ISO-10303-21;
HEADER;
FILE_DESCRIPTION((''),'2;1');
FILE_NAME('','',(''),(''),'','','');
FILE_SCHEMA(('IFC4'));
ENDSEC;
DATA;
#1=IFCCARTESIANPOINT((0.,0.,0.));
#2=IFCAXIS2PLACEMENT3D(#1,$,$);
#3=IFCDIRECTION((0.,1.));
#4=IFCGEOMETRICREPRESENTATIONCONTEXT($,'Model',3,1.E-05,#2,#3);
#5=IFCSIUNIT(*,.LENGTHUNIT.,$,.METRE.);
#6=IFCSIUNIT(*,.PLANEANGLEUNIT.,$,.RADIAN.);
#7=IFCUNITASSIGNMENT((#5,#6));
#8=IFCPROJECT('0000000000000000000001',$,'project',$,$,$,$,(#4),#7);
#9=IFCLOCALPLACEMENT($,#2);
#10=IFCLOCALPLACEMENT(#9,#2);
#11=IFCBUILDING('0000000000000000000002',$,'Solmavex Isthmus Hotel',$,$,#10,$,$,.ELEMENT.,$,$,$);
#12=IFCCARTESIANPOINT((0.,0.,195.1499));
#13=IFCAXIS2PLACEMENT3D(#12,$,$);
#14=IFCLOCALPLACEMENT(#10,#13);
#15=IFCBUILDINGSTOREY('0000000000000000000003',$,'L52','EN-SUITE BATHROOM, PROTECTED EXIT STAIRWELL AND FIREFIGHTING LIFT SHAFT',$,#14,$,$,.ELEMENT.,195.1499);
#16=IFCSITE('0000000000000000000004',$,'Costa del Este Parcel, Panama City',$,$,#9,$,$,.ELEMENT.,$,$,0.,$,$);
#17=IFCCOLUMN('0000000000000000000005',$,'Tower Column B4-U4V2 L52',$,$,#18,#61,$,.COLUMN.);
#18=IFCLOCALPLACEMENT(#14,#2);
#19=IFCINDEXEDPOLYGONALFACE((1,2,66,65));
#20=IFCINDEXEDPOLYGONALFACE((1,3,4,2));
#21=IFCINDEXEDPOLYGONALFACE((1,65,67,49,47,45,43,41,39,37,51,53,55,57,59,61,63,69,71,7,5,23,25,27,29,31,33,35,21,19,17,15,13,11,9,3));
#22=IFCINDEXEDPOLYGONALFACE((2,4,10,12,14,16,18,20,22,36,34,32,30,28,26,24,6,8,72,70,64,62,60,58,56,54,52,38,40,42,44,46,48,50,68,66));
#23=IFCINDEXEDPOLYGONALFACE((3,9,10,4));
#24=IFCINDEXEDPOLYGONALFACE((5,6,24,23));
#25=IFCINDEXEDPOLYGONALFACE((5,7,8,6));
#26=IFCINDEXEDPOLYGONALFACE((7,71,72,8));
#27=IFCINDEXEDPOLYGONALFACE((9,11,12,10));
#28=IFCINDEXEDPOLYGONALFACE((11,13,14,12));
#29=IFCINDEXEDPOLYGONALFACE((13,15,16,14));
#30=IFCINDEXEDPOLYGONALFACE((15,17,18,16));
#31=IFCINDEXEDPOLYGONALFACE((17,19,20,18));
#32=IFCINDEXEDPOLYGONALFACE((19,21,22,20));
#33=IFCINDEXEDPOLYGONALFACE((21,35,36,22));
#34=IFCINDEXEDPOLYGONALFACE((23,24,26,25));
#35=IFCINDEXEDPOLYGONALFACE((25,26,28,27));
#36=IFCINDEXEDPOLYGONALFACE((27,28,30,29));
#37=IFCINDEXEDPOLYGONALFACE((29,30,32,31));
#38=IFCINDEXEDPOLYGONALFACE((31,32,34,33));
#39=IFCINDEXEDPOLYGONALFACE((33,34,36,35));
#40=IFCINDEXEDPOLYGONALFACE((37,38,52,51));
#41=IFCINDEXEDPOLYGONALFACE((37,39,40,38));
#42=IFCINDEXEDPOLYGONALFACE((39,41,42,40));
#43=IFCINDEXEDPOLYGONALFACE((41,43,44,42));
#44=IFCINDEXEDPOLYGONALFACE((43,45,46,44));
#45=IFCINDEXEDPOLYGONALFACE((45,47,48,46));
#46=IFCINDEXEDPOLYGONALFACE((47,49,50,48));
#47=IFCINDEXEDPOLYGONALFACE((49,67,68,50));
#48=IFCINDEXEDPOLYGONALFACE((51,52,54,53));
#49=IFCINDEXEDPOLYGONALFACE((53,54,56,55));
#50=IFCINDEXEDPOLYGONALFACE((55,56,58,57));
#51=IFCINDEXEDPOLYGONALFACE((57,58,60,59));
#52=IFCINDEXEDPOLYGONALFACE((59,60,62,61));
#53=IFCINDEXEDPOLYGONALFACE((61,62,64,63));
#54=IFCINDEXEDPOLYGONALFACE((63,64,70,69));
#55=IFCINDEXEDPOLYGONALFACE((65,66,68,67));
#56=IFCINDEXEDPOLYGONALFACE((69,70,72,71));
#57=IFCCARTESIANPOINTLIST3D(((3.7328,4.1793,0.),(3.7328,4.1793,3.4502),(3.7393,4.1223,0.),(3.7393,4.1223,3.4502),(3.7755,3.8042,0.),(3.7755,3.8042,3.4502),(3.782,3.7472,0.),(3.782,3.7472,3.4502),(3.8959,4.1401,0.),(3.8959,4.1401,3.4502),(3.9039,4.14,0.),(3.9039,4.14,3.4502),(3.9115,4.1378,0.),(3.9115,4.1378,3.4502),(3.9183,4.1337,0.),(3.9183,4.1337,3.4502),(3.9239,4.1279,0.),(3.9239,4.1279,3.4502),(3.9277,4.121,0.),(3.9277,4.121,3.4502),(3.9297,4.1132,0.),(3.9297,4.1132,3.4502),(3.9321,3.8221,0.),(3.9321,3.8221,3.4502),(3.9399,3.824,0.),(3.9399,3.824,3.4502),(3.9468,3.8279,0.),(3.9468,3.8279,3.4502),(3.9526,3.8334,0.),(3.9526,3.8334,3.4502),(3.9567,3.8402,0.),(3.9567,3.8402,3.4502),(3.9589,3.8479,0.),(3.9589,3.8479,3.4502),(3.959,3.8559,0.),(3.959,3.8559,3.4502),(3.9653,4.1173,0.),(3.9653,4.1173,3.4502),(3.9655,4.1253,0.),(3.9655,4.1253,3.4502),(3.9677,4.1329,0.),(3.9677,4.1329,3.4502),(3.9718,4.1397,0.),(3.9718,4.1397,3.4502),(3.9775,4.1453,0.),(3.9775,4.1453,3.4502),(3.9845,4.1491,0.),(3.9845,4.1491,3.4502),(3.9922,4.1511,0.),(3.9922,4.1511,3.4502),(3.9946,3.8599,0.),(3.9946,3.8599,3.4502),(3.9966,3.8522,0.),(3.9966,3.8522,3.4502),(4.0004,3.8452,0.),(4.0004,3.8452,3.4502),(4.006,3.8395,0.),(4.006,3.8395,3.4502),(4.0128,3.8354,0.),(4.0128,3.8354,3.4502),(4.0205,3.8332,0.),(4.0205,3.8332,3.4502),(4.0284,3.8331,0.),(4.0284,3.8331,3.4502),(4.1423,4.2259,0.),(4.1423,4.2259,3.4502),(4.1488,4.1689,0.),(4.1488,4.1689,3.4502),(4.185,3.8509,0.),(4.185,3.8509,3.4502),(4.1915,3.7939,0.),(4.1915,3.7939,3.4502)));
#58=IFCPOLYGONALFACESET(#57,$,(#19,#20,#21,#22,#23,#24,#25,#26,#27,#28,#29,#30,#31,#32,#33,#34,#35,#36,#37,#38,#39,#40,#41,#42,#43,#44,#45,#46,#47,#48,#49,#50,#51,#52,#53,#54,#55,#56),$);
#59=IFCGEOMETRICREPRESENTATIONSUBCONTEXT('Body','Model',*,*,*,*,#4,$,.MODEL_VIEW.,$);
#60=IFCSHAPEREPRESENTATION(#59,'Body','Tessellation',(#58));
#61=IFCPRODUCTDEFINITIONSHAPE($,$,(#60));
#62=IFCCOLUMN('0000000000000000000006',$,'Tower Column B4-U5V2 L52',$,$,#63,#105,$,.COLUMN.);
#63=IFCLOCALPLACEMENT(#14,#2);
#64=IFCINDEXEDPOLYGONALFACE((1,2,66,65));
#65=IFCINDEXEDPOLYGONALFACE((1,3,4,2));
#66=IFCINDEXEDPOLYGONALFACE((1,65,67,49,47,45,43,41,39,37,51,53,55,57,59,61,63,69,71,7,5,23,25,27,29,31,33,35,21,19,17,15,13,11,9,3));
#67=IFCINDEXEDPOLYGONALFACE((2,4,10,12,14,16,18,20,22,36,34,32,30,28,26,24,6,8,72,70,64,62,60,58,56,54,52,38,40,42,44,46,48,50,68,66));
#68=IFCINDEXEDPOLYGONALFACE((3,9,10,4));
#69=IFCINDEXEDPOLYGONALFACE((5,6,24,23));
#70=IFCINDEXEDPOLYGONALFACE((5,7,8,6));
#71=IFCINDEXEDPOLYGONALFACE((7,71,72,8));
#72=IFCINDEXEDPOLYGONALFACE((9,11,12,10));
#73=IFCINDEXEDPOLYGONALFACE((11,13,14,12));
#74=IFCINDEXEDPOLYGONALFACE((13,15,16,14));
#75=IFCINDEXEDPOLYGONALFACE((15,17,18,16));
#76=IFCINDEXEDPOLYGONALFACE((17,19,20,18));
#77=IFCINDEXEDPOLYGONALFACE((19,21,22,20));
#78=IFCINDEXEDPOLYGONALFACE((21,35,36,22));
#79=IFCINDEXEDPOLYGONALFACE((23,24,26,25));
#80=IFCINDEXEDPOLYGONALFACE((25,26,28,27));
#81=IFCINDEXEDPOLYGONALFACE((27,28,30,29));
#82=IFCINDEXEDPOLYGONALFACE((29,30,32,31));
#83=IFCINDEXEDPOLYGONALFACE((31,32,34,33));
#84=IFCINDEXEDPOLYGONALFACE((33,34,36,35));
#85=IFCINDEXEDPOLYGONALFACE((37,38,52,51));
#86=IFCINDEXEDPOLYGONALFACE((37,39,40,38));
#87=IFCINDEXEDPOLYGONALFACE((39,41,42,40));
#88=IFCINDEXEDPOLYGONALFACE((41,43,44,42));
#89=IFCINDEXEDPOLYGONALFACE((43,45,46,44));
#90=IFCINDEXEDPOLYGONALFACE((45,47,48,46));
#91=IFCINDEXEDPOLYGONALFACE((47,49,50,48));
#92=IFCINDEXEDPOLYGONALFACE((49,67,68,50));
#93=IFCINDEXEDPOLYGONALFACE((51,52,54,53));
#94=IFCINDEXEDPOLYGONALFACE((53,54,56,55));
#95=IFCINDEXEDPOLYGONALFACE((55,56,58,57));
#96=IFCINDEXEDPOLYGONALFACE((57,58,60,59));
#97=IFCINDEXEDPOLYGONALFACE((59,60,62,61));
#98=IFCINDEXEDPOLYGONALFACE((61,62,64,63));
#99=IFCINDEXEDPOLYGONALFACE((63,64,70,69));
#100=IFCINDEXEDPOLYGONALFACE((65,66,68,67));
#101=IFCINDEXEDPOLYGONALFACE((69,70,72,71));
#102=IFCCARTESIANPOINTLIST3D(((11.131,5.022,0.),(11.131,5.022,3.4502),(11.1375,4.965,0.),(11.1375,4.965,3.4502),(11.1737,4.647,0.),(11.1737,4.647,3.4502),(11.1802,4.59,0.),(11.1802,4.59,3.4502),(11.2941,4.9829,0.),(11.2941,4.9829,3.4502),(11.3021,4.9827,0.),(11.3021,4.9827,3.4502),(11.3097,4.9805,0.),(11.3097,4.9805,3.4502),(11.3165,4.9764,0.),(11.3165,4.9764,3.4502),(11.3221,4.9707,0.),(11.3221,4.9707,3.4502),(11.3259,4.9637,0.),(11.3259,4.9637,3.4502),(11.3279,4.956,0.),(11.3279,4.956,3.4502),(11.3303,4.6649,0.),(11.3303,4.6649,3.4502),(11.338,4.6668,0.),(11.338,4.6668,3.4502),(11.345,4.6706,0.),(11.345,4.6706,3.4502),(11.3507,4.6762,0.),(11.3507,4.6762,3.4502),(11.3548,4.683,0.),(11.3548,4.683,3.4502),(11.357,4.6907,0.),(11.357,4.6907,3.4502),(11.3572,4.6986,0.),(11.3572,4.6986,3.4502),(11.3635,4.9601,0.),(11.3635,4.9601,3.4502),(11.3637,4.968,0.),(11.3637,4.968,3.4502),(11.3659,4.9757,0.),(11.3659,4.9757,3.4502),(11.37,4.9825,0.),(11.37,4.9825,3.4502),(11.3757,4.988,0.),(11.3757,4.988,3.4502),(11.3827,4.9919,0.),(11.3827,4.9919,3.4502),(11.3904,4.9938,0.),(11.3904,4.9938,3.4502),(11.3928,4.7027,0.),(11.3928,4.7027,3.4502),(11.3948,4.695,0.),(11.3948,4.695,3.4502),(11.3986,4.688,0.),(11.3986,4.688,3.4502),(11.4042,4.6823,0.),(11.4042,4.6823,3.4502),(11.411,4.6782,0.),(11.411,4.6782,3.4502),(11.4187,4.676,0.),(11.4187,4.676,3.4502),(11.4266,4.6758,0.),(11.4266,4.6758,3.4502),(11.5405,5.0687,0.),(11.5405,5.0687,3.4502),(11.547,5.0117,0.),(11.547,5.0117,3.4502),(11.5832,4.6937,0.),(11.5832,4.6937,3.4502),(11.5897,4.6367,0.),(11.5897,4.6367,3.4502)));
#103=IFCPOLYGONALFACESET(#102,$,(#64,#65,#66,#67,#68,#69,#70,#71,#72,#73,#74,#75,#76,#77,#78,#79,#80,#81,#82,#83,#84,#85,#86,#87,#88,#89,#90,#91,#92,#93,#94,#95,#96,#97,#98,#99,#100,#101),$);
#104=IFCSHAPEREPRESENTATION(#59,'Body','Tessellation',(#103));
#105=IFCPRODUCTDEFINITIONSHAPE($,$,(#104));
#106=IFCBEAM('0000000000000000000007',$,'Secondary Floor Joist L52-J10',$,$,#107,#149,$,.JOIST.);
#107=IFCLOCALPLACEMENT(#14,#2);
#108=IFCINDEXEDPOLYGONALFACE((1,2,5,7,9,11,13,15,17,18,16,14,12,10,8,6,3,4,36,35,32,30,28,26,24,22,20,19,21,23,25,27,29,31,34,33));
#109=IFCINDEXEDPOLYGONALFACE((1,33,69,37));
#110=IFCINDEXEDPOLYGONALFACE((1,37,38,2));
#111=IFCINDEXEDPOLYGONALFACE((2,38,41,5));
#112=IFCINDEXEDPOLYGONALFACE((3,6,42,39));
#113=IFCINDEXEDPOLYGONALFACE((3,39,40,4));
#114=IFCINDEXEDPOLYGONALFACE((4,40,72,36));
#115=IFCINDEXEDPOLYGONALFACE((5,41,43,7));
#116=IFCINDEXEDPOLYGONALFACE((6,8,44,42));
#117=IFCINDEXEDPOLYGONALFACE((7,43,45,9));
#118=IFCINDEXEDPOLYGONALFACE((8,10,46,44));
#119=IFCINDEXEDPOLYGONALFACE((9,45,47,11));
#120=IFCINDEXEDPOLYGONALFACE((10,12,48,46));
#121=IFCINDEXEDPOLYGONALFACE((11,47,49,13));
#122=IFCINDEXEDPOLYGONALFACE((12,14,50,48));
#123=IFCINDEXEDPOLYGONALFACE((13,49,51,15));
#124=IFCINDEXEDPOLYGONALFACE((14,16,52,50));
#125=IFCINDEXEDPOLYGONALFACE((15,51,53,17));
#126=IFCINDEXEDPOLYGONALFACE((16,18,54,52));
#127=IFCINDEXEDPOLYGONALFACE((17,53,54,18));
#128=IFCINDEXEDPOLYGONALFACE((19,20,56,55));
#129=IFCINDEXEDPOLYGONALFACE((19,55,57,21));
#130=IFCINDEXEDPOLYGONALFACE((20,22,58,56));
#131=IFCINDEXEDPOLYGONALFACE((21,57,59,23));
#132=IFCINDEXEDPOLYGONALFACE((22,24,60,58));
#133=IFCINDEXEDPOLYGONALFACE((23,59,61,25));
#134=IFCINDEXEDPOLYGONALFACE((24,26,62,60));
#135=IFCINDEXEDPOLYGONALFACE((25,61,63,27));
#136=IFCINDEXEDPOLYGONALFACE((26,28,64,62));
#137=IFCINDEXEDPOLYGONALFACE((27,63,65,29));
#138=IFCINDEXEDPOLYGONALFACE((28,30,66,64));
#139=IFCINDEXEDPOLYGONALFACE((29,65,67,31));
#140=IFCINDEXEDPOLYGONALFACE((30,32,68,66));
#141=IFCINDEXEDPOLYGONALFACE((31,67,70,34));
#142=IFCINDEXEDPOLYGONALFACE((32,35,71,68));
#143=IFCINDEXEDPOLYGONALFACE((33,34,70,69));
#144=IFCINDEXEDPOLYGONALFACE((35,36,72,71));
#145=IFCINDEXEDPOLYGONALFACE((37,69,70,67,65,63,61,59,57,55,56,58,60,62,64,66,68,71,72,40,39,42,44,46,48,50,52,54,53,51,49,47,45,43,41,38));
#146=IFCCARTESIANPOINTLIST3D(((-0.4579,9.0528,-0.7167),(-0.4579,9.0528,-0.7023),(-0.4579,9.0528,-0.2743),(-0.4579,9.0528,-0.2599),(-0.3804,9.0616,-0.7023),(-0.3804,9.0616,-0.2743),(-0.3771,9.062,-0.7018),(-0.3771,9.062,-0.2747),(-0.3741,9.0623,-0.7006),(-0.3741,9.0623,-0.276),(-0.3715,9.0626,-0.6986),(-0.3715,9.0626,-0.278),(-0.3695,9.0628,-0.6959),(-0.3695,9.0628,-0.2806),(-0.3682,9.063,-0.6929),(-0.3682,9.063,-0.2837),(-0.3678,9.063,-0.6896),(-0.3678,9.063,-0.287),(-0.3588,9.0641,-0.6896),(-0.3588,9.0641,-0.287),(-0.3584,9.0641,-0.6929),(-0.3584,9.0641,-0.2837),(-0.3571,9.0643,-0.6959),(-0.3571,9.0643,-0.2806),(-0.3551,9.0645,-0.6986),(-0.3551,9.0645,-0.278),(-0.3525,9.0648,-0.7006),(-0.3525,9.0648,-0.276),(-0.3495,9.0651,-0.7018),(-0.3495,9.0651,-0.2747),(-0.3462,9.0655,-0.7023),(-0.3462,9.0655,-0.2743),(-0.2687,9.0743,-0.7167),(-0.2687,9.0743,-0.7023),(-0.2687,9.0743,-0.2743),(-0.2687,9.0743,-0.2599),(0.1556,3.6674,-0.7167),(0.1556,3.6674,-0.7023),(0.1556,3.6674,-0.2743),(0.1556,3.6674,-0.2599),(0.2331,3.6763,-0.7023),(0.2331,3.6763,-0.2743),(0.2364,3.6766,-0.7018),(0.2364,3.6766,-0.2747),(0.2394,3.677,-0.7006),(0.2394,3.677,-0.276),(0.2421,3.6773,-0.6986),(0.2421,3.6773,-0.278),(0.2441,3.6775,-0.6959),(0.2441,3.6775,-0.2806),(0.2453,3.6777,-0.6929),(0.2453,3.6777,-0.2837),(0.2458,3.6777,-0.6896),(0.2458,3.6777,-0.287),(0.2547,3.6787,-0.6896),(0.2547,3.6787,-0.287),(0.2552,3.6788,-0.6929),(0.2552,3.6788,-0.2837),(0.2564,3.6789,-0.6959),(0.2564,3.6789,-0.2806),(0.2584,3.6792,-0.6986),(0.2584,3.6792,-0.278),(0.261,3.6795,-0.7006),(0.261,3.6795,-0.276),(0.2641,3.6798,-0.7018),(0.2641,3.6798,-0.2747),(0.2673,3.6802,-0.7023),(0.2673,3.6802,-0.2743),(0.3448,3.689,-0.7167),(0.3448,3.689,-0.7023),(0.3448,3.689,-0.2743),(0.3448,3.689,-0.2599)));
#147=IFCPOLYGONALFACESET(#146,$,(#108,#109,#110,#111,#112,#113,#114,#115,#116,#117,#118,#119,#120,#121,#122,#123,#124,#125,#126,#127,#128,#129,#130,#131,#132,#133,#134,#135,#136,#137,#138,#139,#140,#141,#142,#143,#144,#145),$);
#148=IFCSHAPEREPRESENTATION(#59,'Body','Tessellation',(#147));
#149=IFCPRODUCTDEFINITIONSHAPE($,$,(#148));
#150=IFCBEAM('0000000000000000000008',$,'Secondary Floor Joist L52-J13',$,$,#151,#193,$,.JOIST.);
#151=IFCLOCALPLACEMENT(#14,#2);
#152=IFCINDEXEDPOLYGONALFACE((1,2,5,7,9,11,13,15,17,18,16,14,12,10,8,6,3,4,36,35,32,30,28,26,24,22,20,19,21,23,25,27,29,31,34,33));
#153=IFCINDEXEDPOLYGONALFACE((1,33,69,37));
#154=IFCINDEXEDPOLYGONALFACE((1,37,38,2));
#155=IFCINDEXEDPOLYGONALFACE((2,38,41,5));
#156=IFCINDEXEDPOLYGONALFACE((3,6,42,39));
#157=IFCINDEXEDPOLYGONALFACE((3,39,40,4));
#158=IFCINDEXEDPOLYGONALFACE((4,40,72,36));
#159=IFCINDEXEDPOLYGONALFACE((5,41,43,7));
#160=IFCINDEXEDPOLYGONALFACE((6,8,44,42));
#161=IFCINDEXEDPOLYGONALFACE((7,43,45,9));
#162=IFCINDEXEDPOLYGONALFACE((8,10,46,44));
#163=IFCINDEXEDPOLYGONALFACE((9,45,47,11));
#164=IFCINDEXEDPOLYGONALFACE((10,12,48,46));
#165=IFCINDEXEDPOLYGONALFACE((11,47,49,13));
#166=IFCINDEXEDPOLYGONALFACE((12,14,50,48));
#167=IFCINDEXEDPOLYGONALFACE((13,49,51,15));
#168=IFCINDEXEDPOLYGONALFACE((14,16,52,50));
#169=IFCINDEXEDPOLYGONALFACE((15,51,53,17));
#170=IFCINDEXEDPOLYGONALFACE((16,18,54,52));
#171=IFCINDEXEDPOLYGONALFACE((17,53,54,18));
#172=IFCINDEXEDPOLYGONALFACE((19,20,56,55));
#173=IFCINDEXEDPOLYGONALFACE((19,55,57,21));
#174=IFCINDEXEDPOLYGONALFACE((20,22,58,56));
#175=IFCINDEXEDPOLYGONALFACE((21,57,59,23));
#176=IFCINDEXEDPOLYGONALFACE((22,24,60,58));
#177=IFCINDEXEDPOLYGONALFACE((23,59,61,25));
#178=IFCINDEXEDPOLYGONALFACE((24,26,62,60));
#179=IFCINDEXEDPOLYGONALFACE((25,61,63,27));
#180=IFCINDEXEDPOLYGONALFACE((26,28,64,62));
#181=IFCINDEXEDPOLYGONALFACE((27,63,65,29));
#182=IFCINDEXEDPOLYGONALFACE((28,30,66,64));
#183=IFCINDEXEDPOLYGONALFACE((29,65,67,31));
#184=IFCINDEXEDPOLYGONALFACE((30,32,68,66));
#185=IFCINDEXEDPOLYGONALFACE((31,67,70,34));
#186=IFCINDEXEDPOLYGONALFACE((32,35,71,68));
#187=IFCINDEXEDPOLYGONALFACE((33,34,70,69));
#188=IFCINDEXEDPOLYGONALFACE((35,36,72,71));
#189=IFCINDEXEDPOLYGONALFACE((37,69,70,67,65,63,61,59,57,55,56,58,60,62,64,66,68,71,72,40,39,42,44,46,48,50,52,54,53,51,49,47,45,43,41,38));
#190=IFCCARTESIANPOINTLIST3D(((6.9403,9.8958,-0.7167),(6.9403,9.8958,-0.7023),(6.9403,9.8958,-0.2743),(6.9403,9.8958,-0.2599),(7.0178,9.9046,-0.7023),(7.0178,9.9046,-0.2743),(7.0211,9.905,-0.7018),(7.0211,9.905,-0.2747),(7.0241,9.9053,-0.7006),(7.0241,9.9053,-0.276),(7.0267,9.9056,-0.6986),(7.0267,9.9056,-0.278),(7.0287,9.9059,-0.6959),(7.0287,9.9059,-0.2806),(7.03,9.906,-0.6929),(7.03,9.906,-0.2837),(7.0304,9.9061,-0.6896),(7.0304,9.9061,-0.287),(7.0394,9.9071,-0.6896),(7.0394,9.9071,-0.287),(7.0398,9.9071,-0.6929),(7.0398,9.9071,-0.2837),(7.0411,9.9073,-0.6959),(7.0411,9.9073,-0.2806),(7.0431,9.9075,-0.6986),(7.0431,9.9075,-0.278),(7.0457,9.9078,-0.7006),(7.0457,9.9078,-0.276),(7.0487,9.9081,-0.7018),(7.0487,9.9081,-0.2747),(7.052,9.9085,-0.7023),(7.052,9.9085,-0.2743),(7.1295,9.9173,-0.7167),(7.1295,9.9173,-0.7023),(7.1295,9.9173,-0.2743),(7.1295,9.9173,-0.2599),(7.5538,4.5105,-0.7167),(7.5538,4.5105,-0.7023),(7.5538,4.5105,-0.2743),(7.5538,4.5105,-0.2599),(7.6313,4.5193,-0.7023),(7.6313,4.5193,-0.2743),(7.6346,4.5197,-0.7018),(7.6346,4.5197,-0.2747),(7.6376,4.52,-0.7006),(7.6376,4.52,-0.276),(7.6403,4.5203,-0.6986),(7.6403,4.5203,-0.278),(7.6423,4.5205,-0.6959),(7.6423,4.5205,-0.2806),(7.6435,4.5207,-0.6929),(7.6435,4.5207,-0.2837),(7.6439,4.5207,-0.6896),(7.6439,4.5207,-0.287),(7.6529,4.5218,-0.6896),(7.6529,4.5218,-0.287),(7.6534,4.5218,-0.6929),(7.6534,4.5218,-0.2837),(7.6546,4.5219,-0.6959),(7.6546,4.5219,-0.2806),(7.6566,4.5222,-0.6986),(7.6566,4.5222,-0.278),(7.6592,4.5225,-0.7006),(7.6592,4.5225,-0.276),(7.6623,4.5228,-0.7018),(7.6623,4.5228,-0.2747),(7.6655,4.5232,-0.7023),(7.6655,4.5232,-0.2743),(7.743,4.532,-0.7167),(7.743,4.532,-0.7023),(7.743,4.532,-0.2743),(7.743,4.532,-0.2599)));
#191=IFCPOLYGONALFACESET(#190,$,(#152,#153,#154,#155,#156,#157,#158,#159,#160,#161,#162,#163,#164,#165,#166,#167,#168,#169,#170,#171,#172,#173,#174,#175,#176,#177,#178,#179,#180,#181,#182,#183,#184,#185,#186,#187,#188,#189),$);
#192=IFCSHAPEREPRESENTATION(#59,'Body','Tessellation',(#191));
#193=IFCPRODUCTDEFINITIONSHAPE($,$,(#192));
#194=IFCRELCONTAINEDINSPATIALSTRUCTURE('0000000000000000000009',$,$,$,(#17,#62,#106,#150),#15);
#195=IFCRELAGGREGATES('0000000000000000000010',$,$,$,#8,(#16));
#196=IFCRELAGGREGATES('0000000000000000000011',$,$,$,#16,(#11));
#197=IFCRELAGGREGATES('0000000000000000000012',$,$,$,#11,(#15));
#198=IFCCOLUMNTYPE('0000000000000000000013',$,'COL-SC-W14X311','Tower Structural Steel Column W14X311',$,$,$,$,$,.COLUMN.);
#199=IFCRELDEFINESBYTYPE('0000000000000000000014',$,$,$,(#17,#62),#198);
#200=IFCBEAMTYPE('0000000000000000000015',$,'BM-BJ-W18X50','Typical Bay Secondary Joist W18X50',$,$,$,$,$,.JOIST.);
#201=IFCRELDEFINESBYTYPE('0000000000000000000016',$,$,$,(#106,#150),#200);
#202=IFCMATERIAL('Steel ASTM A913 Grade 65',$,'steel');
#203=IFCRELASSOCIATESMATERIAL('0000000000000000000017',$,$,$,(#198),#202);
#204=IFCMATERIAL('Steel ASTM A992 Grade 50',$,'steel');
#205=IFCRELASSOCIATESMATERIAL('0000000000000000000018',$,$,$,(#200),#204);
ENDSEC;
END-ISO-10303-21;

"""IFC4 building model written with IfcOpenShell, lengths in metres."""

from ifc_helpers import new_model, si_unit, direction, frame, origin, origin_2d, place, context, subcontext, project, spatial, i_section, extrude, material, material_profile, profile_set, type_object, element, save


model = new_model("IFC4")

# Units and contexts
model_context = context("Model", 3, precision=1e-05, world=origin(), true_north=direction((0.0, 1.0)))
body_context = subcontext(model_context, "Body", "Model", "MODEL_VIEW")
ifc_project = project(units=[si_unit("LENGTHUNIT", "METRE"), si_unit("PLANEANGLEUNIT", "RADIAN")], contexts=[model_context])

# Site, building, storey
site_placement = place(None, origin())
site = spatial("IfcSite", under=ifc_project, at=site_placement, Name="Costa del Este Parcel, Panama City", CompositionType="ELEMENT", RefElevation=0.0)
building_placement = place(site_placement, origin())
building = spatial("IfcBuilding", under=site, at=building_placement, Name="Solmavex Isthmus Hotel", CompositionType="ELEMENT")
storey_placement = place(building_placement, frame((0.0, 0.0, 195.1499)))
storey = spatial("IfcBuildingStorey", under=building, at=storey_placement, Name="L52", Description="EN-SUITE BATHROOM, PROTECTED EXIT STAIRWELL AND FIREFIGHTING LIFT SHAFT", CompositionType="ELEMENT", Elevation=195.1499)

# Columns
ifc_material_1 = material(Name="Steel ASTM A913 Grade 65", Category="steel")
ifc_material_profile_1 = material_profile(ifc_material_1, i_section(OverallWidth=0.4121, OverallDepth=0.4348, WebThickness=0.0359, FlangeThickness=0.0574, FilletRadius=0.0305, at=origin_2d()), Name="W14X311")
ifc_profile_set_1 = profile_set([ifc_material_profile_1], Name="Steel ASTM A913 Grade 65")
column_type = type_object("IfcColumnType", Name="COL-SC-W14X311", Description="Tower Structural Steel Column W14X311", PredefinedType="COLUMN", material=ifc_profile_set_1)
for number, where, z_axis, x_axis, name in (
    (1, (3.9622, 3.9866, 0.0), (0.0, 0.0, 1.0), (0.993572, 0.113203, 0.0), "Tower Column B4-U4V2 L52"),
    (2, (11.3604, 4.8293, 0.0), (0.0, 0.0, 1.0), (0.993572, 0.113203, 0.0), "Tower Column B4-U5V2 L52"),
):
    element("IfcColumn", number, at=place(storey_placement, frame(where, z_axis=z_axis, x_axis=x_axis)), inside=storey, type_object=column_type, Name=name, PredefinedType="COLUMN", context=body_context, shape_type="SweptSolid", body=[
        extrude(i_section(OverallWidth=0.4121, OverallDepth=0.4348, WebThickness=0.0359, FlangeThickness=0.0574, FilletRadius=0.0305, at=origin_2d()), origin(), (0.0, 0.0, 1.0), 3.4502),
    ])

# Beams
ifc_material_2 = material(Name="Steel ASTM A992 Grade 50", Category="steel")
ifc_material_profile_2 = material_profile(ifc_material_2, i_section(OverallWidth=0.1904, OverallDepth=0.4568, WebThickness=0.009, FlangeThickness=0.0144, FilletRadius=0.0127, at=origin_2d()), Name="W18X50")
ifc_profile_set_2 = profile_set([ifc_material_profile_2], Name="Steel ASTM A992 Grade 50")
beam_type_1 = type_object("IfcBeamType", Name="BM-BJ-W18X50", Description="Typical Bay Secondary Joist W18X50", PredefinedType="JOIST", material=ifc_profile_set_2)
for number, where, z_axis, x_axis, name in (
    (3, (0.2502, 3.6782, -0.4883), (-0.113195, 0.993573, 0.0), (-0.993573, -0.113195, 0.0), "Secondary Floor Joist L52-J10"),
    (4, (7.6484, 4.5212, -0.4883), (-0.113195, 0.993573, 0.0), (-0.993573, -0.113195, 0.0), "Secondary Floor Joist L52-J13"),
):
    element("IfcBeam", number, at=place(storey_placement, frame(where, z_axis=z_axis, x_axis=x_axis)), inside=storey, type_object=beam_type_1, Name=name, PredefinedType="JOIST", context=body_context, shape_type="SweptSolid", body=[
        extrude(i_section(OverallWidth=0.1904, OverallDepth=0.4568, WebThickness=0.009, FlangeThickness=0.0144, FilletRadius=0.0127, at=origin_2d()), origin(), (0.0, 0.0, 1.0), 5.4202),
    ])

save(model, "model.ifc")
